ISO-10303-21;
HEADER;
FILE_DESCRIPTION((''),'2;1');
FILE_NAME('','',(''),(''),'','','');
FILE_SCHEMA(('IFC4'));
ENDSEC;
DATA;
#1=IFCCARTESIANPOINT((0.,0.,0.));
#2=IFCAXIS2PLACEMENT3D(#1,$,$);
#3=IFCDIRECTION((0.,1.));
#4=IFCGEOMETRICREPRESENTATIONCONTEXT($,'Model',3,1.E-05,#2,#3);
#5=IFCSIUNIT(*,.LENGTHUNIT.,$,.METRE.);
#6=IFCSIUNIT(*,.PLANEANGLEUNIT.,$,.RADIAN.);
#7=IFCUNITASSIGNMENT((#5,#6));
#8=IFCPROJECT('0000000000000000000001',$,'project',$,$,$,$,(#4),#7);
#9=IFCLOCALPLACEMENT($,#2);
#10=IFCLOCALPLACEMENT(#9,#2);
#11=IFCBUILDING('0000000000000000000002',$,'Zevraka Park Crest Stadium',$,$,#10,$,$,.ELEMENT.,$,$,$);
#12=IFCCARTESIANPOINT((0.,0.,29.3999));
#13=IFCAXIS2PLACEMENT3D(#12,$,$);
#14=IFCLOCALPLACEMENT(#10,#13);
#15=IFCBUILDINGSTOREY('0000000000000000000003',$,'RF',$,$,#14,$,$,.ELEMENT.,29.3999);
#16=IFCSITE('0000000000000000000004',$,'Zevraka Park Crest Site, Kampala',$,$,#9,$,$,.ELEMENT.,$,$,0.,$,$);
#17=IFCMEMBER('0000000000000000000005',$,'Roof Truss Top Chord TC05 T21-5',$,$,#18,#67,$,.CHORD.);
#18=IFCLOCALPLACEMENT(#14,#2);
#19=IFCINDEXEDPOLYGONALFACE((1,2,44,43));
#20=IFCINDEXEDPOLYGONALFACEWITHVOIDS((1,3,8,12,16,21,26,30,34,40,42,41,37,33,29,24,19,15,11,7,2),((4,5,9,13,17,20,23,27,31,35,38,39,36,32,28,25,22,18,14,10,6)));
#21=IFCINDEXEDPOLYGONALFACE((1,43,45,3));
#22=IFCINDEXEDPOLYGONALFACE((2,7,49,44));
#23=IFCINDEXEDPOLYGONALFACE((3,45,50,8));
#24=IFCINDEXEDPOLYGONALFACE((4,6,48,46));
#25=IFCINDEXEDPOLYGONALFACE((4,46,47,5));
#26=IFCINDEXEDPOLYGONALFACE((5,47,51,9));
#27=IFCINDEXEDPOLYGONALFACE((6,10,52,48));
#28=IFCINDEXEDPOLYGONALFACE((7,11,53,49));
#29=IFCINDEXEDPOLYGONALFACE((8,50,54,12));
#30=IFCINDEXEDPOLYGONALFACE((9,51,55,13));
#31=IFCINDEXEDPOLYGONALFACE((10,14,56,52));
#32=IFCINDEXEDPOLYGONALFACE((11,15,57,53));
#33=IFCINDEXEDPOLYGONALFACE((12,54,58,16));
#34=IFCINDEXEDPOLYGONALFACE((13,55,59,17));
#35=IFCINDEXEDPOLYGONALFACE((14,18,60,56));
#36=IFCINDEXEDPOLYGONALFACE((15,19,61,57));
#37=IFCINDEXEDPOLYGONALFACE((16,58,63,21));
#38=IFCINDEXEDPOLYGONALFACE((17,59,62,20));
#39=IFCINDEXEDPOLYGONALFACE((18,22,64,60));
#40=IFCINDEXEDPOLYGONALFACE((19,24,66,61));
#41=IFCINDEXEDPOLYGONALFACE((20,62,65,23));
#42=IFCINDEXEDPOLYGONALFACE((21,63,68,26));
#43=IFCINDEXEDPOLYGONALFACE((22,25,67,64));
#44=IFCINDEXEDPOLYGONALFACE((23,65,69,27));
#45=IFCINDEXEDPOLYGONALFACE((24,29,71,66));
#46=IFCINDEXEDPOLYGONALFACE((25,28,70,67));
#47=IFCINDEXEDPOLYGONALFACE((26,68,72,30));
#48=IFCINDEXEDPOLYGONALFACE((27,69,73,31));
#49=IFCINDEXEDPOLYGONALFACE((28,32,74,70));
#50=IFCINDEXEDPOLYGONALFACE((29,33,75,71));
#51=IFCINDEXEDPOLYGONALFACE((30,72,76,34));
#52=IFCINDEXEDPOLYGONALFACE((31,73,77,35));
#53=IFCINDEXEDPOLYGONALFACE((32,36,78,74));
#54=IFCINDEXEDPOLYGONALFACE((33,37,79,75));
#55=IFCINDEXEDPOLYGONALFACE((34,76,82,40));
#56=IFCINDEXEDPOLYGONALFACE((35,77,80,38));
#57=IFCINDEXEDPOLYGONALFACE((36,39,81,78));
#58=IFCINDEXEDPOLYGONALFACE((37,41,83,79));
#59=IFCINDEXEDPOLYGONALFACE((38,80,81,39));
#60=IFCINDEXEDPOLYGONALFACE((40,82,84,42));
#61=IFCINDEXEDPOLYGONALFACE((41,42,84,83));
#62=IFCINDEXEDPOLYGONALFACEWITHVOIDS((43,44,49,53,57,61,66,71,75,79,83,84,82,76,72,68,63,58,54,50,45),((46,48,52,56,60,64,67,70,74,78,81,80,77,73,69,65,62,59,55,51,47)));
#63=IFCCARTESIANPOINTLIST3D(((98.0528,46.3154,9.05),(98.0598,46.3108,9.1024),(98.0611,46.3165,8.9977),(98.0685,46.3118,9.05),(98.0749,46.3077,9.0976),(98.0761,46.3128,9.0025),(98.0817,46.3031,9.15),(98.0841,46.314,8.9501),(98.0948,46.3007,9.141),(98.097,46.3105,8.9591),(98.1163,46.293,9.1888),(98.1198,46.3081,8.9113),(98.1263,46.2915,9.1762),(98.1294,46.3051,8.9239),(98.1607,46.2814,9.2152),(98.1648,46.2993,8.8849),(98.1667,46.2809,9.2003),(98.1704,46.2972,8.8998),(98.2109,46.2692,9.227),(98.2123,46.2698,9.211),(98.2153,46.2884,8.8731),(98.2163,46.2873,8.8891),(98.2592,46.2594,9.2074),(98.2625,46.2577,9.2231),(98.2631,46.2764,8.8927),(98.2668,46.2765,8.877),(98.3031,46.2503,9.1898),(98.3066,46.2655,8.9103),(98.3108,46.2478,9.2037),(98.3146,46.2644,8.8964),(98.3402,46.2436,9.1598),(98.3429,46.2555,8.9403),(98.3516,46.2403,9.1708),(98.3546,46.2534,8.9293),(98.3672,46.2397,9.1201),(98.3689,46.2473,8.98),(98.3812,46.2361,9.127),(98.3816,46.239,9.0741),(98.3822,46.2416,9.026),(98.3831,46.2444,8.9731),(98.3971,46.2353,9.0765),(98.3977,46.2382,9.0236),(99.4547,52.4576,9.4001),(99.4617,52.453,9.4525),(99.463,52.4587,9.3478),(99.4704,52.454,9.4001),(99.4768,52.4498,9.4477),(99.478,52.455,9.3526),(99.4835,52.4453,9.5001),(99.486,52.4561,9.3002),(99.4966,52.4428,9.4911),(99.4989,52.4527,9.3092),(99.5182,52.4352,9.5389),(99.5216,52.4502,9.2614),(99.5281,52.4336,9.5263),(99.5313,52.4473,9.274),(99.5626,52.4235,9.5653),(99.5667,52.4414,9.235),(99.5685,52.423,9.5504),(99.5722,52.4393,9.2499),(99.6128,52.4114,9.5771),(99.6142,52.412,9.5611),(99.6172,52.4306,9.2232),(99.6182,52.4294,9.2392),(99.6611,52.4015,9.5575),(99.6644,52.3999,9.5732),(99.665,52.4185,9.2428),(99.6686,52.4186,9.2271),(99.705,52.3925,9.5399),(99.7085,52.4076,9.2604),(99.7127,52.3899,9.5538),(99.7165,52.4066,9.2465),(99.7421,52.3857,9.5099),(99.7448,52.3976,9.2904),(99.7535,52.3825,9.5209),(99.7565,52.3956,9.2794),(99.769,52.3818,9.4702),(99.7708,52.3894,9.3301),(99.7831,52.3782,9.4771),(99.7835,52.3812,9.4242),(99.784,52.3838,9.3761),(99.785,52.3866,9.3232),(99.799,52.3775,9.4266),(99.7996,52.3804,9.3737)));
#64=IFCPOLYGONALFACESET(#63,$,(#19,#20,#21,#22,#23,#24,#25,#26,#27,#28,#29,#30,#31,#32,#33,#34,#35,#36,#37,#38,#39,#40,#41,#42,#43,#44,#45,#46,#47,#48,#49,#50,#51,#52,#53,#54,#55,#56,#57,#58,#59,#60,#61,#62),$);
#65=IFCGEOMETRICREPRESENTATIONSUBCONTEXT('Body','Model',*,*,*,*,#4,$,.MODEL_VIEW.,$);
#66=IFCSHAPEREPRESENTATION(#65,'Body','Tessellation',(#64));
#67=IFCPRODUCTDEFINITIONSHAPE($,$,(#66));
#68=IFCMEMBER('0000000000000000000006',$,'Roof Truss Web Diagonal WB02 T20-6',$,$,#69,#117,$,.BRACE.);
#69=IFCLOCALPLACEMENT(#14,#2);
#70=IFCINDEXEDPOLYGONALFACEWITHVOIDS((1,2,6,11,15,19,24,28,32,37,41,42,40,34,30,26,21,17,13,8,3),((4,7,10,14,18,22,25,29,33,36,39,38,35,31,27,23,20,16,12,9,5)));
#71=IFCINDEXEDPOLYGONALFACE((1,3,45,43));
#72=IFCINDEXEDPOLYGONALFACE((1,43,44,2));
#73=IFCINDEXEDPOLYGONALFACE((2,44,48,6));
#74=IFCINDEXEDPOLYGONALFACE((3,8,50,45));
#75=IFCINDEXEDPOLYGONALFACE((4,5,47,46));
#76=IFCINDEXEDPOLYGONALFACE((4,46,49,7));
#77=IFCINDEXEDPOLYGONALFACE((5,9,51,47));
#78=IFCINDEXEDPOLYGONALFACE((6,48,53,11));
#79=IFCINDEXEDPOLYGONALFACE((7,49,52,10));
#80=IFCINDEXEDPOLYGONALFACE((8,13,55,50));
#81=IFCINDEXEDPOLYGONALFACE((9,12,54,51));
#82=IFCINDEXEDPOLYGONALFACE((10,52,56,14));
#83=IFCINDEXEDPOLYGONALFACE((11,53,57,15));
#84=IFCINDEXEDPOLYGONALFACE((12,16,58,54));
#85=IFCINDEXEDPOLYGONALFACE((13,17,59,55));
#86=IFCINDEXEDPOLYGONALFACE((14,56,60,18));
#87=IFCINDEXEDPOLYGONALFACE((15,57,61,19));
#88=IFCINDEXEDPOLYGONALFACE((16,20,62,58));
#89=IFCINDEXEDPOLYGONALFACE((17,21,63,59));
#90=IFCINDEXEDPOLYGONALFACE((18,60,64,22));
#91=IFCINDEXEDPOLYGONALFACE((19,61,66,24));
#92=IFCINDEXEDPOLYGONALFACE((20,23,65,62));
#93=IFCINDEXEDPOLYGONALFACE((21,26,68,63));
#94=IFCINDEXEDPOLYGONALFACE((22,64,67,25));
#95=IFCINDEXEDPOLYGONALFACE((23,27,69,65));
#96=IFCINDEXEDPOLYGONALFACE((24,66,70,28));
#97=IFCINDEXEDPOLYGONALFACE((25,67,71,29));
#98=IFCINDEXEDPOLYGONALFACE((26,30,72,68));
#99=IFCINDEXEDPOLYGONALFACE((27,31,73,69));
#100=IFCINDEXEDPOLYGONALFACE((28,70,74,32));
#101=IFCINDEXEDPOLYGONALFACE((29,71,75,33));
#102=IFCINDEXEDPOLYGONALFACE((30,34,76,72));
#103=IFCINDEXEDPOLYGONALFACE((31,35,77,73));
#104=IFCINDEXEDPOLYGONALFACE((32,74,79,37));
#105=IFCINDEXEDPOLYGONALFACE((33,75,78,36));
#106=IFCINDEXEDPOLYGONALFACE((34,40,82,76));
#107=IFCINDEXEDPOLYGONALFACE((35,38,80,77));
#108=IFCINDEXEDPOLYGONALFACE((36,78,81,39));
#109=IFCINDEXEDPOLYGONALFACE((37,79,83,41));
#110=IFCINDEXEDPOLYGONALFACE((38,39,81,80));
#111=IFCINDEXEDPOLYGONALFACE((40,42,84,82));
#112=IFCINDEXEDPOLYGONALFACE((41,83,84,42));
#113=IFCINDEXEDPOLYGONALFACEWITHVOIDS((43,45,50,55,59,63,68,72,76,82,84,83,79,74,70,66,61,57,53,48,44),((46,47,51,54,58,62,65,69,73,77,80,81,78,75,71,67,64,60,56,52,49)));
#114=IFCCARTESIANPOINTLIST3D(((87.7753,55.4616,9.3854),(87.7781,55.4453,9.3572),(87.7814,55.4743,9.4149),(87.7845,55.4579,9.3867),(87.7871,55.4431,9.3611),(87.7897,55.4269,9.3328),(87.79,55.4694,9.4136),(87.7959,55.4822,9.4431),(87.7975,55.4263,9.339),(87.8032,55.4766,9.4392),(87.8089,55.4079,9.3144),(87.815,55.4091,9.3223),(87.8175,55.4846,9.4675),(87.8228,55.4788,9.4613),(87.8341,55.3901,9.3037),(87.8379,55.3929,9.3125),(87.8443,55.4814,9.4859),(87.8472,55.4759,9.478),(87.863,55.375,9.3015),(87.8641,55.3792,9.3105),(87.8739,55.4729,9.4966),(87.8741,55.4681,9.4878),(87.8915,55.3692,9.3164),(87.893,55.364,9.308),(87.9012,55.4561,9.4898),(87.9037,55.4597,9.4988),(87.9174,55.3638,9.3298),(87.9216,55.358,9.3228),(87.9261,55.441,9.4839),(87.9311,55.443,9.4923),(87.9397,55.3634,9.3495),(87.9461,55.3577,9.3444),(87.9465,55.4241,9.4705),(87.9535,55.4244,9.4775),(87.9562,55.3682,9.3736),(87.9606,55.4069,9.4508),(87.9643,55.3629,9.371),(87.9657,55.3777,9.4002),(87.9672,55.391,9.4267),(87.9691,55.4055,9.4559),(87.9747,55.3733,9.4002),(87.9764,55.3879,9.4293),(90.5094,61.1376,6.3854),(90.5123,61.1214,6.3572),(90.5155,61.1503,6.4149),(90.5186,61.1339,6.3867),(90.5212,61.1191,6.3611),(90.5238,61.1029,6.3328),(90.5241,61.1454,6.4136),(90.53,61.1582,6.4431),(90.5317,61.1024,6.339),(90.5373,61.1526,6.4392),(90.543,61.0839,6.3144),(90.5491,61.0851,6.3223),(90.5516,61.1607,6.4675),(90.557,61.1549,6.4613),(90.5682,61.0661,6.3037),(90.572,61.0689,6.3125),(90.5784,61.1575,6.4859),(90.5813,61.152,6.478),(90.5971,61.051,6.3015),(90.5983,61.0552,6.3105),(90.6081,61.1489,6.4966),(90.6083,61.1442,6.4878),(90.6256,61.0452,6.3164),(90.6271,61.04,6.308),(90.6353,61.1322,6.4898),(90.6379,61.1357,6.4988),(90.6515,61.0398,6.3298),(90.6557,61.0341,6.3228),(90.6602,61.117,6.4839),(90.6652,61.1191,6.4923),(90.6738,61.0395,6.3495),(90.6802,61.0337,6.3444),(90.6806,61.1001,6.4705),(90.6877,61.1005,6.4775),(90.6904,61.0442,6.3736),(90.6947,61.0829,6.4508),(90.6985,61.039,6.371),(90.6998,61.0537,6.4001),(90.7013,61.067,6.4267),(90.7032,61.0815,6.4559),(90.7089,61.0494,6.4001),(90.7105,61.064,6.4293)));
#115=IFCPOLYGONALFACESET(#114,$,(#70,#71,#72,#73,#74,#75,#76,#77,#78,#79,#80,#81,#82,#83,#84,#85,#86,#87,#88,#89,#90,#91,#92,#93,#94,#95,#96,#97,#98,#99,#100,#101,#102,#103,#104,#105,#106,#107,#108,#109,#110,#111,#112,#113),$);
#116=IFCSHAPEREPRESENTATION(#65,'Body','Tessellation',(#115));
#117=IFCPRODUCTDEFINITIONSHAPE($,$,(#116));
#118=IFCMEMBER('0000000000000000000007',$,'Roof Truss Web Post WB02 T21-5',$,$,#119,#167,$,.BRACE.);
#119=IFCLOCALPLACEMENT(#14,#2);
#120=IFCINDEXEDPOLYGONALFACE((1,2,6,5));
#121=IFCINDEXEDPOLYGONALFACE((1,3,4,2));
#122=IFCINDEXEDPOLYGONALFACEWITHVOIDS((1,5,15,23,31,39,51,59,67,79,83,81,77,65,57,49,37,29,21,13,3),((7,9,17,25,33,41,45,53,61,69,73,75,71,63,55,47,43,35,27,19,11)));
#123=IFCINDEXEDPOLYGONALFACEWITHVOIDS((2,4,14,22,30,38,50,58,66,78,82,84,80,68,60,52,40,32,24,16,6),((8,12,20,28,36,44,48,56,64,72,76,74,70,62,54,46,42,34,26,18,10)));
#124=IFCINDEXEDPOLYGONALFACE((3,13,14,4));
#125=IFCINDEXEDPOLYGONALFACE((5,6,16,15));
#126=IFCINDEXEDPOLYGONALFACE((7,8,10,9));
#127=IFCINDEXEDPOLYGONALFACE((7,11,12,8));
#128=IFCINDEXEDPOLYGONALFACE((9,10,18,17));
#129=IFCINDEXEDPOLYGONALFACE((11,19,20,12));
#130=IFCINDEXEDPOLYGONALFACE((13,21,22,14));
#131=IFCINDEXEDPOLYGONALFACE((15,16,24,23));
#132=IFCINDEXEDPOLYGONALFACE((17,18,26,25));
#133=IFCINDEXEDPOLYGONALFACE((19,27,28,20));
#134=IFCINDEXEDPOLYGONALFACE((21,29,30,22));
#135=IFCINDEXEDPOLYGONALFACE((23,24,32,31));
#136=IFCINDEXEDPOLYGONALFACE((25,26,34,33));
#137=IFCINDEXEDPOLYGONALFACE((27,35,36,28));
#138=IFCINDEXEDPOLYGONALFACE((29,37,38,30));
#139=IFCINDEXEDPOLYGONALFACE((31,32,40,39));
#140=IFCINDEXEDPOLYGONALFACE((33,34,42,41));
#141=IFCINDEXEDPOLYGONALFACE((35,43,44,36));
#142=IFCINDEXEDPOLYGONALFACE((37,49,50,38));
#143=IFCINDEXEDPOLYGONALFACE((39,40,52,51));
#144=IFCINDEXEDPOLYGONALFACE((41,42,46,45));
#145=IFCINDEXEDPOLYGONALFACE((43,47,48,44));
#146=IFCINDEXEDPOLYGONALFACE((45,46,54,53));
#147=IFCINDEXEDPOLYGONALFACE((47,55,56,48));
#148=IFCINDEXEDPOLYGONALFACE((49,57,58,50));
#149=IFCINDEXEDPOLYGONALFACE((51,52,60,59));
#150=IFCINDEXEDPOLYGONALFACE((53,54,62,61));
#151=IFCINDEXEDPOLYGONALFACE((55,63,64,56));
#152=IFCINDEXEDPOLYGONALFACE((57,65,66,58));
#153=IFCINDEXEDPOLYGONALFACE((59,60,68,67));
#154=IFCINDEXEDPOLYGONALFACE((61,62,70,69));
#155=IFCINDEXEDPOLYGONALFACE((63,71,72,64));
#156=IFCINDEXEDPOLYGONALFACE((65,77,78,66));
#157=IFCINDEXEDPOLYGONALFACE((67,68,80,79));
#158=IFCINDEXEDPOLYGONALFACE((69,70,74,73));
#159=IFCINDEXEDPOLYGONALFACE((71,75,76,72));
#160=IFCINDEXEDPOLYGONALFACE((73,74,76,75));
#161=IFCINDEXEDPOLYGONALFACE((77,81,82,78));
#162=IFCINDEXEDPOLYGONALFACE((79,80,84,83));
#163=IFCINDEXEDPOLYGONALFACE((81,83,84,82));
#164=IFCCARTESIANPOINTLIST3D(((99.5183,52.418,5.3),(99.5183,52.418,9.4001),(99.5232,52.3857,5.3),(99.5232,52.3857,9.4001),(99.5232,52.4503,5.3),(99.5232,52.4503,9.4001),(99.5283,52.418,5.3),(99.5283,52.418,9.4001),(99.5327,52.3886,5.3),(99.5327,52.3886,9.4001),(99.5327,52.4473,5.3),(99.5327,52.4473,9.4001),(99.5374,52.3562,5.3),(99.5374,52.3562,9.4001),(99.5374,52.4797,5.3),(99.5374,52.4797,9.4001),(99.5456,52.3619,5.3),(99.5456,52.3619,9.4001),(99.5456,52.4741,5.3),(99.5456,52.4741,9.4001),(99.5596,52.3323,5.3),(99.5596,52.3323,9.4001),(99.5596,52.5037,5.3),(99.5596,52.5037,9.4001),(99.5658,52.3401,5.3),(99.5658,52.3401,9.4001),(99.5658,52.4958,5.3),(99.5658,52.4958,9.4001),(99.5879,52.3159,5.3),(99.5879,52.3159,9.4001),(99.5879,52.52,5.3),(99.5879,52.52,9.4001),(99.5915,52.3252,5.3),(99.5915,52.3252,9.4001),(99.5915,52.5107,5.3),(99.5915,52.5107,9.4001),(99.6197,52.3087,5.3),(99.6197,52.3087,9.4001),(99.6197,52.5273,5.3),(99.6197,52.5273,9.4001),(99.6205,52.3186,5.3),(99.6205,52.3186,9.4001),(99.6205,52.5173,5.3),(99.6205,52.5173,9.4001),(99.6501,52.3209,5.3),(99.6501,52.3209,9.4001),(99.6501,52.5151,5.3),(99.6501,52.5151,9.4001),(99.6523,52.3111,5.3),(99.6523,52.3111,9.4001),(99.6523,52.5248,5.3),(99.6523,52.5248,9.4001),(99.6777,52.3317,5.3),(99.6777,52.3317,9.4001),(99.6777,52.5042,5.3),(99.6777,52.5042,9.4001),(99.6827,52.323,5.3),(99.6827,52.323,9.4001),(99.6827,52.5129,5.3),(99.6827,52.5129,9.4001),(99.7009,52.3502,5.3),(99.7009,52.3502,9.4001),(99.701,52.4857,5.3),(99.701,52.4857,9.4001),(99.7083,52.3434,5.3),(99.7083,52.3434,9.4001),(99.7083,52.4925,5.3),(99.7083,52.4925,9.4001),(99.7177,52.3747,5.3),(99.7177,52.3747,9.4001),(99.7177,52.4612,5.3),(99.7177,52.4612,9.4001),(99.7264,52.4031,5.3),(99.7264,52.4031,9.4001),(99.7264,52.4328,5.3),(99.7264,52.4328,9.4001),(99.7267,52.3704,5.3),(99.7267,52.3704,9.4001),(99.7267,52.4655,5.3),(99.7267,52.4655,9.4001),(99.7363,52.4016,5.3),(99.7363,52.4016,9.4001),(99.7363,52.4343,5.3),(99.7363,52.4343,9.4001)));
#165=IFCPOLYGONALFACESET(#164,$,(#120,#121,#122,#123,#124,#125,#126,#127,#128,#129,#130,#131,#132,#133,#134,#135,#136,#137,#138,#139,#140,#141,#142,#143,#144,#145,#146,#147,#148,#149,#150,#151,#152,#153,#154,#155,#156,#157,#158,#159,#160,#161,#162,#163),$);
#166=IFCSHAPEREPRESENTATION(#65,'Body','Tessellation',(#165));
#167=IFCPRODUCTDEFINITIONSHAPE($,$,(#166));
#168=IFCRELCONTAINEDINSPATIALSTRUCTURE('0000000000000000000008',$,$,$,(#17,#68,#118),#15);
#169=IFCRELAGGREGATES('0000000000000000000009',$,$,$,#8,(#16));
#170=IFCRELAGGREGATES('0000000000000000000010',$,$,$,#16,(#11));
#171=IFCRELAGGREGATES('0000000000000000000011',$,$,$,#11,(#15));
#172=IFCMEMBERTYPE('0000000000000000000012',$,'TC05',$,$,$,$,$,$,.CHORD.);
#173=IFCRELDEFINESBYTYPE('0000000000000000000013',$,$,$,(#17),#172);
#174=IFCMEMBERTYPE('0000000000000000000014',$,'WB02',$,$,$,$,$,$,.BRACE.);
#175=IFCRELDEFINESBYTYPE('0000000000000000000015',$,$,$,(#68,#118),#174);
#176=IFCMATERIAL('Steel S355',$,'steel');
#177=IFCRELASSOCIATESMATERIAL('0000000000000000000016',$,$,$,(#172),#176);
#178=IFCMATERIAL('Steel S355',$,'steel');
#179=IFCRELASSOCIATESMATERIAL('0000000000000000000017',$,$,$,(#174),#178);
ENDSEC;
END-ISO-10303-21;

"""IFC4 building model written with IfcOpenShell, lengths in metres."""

from ifc_helpers import new_model, si_unit, direction, frame, origin, origin_2d, place, context, subcontext, project, spatial, hollow_circle, extrude, material, material_profile, profile_set, type_object, element, save


model = new_model("IFC4")

# Units and contexts
model_context = context("Model", 3, precision=1e-05, world=origin(), true_north=direction((0.0, 1.0)))
body_context = subcontext(model_context, "Body", "Model", "MODEL_VIEW")
ifc_project = project(units=[si_unit("LENGTHUNIT", "METRE"), si_unit("PLANEANGLEUNIT", "RADIAN")], contexts=[model_context])

# Site, building, storey
site_placement = place(None, origin())
site = spatial("IfcSite", under=ifc_project, at=site_placement, Name="Zevraka Park Crest Site, Kampala", CompositionType="ELEMENT", RefElevation=0.0)
building_placement = place(site_placement, origin())
building = spatial("IfcBuilding", under=site, at=building_placement, Name="Zevraka Park Crest Stadium", CompositionType="ELEMENT")
storey_placement = place(building_placement, frame((0.0, 0.0, 29.3999)))
storey = spatial("IfcBuildingStorey", under=building, at=storey_placement, Name="RF", CompositionType="ELEMENT", Elevation=29.3999)

# Members
ifc_material_1 = material(Name="Steel S355", Category="steel")
ifc_material_profile_1 = material_profile(ifc_material_1, hollow_circle(Radius=0.1777, WallThickness=0.0161, at=origin_2d()), Name="CHS 355.6x16")
ifc_profile_set_1 = profile_set([ifc_material_profile_1], Name="Steel S355")
member_type_1 = type_object("IfcMemberType", Name="TC05", PredefinedType="CHORD", material=ifc_profile_set_1)
member_1_placement = place(storey_placement, frame((98.2261, 46.2759, 9.05), z_axis=(0.222173, 0.973427, 0.055485), x_axis=(-0.974929, 0.222515, 0.0)))
element("IfcMember", 1, at=member_1_placement, inside=storey, type_object=member_type_1, Name="Roof Truss Top Chord TC05 T21-5", PredefinedType="CHORD", context=body_context, shape_type="SweptSolid", body=[
    extrude(hollow_circle(Radius=0.1777, WallThickness=0.0161, at=origin_2d()), origin(), (0.0, 0.0, 1.0), 6.3098),
])
ifc_material_2 = material(Name="Steel S355", Category="steel")
ifc_material_profile_2 = material_profile(ifc_material_2, hollow_circle(Radius=0.1096, WallThickness=0.01, at=origin_2d()), Name="CHS 219.1x10")
ifc_profile_set_2 = profile_set([ifc_material_profile_2], Name="Steel S355")
member_type_2 = type_object("IfcMemberType", Name="WB02", PredefinedType="BRACE", material=ifc_profile_set_2)
member_2_placement = place(storey_placement, frame((90.6101, 61.0969, 6.4001), z_axis=(-0.391821, -0.813415, 0.429922), x_axis=(0.900925, -0.433974, 0.0)))
element("IfcMember", 2, at=member_2_placement, inside=storey, type_object=member_type_2, Name="Roof Truss Web Diagonal WB02 T20-6", PredefinedType="BRACE", context=body_context, shape_type="SweptSolid", body=[
    extrude(hollow_circle(Radius=0.1096, WallThickness=0.01, at=origin_2d()), origin(), (0.0, 0.0, 1.0), 6.978),
])
member_3_placement = place(storey_placement, frame((99.6279, 52.418, 5.3), z_axis=(0.0, 0.0, 1.0), x_axis=(0.22257, 0.974917, 0.0)))
element("IfcMember", 3, at=member_3_placement, inside=storey, type_object=member_type_2, Name="Roof Truss Web Post WB02 T21-5", PredefinedType="BRACE", context=body_context, shape_type="SweptSolid", body=[
    extrude(hollow_circle(Radius=0.1096, WallThickness=0.01, at=origin_2d()), origin(), (0.0, 0.0, 1.0), 4.1001),
])

save(model, "model.ifc")
